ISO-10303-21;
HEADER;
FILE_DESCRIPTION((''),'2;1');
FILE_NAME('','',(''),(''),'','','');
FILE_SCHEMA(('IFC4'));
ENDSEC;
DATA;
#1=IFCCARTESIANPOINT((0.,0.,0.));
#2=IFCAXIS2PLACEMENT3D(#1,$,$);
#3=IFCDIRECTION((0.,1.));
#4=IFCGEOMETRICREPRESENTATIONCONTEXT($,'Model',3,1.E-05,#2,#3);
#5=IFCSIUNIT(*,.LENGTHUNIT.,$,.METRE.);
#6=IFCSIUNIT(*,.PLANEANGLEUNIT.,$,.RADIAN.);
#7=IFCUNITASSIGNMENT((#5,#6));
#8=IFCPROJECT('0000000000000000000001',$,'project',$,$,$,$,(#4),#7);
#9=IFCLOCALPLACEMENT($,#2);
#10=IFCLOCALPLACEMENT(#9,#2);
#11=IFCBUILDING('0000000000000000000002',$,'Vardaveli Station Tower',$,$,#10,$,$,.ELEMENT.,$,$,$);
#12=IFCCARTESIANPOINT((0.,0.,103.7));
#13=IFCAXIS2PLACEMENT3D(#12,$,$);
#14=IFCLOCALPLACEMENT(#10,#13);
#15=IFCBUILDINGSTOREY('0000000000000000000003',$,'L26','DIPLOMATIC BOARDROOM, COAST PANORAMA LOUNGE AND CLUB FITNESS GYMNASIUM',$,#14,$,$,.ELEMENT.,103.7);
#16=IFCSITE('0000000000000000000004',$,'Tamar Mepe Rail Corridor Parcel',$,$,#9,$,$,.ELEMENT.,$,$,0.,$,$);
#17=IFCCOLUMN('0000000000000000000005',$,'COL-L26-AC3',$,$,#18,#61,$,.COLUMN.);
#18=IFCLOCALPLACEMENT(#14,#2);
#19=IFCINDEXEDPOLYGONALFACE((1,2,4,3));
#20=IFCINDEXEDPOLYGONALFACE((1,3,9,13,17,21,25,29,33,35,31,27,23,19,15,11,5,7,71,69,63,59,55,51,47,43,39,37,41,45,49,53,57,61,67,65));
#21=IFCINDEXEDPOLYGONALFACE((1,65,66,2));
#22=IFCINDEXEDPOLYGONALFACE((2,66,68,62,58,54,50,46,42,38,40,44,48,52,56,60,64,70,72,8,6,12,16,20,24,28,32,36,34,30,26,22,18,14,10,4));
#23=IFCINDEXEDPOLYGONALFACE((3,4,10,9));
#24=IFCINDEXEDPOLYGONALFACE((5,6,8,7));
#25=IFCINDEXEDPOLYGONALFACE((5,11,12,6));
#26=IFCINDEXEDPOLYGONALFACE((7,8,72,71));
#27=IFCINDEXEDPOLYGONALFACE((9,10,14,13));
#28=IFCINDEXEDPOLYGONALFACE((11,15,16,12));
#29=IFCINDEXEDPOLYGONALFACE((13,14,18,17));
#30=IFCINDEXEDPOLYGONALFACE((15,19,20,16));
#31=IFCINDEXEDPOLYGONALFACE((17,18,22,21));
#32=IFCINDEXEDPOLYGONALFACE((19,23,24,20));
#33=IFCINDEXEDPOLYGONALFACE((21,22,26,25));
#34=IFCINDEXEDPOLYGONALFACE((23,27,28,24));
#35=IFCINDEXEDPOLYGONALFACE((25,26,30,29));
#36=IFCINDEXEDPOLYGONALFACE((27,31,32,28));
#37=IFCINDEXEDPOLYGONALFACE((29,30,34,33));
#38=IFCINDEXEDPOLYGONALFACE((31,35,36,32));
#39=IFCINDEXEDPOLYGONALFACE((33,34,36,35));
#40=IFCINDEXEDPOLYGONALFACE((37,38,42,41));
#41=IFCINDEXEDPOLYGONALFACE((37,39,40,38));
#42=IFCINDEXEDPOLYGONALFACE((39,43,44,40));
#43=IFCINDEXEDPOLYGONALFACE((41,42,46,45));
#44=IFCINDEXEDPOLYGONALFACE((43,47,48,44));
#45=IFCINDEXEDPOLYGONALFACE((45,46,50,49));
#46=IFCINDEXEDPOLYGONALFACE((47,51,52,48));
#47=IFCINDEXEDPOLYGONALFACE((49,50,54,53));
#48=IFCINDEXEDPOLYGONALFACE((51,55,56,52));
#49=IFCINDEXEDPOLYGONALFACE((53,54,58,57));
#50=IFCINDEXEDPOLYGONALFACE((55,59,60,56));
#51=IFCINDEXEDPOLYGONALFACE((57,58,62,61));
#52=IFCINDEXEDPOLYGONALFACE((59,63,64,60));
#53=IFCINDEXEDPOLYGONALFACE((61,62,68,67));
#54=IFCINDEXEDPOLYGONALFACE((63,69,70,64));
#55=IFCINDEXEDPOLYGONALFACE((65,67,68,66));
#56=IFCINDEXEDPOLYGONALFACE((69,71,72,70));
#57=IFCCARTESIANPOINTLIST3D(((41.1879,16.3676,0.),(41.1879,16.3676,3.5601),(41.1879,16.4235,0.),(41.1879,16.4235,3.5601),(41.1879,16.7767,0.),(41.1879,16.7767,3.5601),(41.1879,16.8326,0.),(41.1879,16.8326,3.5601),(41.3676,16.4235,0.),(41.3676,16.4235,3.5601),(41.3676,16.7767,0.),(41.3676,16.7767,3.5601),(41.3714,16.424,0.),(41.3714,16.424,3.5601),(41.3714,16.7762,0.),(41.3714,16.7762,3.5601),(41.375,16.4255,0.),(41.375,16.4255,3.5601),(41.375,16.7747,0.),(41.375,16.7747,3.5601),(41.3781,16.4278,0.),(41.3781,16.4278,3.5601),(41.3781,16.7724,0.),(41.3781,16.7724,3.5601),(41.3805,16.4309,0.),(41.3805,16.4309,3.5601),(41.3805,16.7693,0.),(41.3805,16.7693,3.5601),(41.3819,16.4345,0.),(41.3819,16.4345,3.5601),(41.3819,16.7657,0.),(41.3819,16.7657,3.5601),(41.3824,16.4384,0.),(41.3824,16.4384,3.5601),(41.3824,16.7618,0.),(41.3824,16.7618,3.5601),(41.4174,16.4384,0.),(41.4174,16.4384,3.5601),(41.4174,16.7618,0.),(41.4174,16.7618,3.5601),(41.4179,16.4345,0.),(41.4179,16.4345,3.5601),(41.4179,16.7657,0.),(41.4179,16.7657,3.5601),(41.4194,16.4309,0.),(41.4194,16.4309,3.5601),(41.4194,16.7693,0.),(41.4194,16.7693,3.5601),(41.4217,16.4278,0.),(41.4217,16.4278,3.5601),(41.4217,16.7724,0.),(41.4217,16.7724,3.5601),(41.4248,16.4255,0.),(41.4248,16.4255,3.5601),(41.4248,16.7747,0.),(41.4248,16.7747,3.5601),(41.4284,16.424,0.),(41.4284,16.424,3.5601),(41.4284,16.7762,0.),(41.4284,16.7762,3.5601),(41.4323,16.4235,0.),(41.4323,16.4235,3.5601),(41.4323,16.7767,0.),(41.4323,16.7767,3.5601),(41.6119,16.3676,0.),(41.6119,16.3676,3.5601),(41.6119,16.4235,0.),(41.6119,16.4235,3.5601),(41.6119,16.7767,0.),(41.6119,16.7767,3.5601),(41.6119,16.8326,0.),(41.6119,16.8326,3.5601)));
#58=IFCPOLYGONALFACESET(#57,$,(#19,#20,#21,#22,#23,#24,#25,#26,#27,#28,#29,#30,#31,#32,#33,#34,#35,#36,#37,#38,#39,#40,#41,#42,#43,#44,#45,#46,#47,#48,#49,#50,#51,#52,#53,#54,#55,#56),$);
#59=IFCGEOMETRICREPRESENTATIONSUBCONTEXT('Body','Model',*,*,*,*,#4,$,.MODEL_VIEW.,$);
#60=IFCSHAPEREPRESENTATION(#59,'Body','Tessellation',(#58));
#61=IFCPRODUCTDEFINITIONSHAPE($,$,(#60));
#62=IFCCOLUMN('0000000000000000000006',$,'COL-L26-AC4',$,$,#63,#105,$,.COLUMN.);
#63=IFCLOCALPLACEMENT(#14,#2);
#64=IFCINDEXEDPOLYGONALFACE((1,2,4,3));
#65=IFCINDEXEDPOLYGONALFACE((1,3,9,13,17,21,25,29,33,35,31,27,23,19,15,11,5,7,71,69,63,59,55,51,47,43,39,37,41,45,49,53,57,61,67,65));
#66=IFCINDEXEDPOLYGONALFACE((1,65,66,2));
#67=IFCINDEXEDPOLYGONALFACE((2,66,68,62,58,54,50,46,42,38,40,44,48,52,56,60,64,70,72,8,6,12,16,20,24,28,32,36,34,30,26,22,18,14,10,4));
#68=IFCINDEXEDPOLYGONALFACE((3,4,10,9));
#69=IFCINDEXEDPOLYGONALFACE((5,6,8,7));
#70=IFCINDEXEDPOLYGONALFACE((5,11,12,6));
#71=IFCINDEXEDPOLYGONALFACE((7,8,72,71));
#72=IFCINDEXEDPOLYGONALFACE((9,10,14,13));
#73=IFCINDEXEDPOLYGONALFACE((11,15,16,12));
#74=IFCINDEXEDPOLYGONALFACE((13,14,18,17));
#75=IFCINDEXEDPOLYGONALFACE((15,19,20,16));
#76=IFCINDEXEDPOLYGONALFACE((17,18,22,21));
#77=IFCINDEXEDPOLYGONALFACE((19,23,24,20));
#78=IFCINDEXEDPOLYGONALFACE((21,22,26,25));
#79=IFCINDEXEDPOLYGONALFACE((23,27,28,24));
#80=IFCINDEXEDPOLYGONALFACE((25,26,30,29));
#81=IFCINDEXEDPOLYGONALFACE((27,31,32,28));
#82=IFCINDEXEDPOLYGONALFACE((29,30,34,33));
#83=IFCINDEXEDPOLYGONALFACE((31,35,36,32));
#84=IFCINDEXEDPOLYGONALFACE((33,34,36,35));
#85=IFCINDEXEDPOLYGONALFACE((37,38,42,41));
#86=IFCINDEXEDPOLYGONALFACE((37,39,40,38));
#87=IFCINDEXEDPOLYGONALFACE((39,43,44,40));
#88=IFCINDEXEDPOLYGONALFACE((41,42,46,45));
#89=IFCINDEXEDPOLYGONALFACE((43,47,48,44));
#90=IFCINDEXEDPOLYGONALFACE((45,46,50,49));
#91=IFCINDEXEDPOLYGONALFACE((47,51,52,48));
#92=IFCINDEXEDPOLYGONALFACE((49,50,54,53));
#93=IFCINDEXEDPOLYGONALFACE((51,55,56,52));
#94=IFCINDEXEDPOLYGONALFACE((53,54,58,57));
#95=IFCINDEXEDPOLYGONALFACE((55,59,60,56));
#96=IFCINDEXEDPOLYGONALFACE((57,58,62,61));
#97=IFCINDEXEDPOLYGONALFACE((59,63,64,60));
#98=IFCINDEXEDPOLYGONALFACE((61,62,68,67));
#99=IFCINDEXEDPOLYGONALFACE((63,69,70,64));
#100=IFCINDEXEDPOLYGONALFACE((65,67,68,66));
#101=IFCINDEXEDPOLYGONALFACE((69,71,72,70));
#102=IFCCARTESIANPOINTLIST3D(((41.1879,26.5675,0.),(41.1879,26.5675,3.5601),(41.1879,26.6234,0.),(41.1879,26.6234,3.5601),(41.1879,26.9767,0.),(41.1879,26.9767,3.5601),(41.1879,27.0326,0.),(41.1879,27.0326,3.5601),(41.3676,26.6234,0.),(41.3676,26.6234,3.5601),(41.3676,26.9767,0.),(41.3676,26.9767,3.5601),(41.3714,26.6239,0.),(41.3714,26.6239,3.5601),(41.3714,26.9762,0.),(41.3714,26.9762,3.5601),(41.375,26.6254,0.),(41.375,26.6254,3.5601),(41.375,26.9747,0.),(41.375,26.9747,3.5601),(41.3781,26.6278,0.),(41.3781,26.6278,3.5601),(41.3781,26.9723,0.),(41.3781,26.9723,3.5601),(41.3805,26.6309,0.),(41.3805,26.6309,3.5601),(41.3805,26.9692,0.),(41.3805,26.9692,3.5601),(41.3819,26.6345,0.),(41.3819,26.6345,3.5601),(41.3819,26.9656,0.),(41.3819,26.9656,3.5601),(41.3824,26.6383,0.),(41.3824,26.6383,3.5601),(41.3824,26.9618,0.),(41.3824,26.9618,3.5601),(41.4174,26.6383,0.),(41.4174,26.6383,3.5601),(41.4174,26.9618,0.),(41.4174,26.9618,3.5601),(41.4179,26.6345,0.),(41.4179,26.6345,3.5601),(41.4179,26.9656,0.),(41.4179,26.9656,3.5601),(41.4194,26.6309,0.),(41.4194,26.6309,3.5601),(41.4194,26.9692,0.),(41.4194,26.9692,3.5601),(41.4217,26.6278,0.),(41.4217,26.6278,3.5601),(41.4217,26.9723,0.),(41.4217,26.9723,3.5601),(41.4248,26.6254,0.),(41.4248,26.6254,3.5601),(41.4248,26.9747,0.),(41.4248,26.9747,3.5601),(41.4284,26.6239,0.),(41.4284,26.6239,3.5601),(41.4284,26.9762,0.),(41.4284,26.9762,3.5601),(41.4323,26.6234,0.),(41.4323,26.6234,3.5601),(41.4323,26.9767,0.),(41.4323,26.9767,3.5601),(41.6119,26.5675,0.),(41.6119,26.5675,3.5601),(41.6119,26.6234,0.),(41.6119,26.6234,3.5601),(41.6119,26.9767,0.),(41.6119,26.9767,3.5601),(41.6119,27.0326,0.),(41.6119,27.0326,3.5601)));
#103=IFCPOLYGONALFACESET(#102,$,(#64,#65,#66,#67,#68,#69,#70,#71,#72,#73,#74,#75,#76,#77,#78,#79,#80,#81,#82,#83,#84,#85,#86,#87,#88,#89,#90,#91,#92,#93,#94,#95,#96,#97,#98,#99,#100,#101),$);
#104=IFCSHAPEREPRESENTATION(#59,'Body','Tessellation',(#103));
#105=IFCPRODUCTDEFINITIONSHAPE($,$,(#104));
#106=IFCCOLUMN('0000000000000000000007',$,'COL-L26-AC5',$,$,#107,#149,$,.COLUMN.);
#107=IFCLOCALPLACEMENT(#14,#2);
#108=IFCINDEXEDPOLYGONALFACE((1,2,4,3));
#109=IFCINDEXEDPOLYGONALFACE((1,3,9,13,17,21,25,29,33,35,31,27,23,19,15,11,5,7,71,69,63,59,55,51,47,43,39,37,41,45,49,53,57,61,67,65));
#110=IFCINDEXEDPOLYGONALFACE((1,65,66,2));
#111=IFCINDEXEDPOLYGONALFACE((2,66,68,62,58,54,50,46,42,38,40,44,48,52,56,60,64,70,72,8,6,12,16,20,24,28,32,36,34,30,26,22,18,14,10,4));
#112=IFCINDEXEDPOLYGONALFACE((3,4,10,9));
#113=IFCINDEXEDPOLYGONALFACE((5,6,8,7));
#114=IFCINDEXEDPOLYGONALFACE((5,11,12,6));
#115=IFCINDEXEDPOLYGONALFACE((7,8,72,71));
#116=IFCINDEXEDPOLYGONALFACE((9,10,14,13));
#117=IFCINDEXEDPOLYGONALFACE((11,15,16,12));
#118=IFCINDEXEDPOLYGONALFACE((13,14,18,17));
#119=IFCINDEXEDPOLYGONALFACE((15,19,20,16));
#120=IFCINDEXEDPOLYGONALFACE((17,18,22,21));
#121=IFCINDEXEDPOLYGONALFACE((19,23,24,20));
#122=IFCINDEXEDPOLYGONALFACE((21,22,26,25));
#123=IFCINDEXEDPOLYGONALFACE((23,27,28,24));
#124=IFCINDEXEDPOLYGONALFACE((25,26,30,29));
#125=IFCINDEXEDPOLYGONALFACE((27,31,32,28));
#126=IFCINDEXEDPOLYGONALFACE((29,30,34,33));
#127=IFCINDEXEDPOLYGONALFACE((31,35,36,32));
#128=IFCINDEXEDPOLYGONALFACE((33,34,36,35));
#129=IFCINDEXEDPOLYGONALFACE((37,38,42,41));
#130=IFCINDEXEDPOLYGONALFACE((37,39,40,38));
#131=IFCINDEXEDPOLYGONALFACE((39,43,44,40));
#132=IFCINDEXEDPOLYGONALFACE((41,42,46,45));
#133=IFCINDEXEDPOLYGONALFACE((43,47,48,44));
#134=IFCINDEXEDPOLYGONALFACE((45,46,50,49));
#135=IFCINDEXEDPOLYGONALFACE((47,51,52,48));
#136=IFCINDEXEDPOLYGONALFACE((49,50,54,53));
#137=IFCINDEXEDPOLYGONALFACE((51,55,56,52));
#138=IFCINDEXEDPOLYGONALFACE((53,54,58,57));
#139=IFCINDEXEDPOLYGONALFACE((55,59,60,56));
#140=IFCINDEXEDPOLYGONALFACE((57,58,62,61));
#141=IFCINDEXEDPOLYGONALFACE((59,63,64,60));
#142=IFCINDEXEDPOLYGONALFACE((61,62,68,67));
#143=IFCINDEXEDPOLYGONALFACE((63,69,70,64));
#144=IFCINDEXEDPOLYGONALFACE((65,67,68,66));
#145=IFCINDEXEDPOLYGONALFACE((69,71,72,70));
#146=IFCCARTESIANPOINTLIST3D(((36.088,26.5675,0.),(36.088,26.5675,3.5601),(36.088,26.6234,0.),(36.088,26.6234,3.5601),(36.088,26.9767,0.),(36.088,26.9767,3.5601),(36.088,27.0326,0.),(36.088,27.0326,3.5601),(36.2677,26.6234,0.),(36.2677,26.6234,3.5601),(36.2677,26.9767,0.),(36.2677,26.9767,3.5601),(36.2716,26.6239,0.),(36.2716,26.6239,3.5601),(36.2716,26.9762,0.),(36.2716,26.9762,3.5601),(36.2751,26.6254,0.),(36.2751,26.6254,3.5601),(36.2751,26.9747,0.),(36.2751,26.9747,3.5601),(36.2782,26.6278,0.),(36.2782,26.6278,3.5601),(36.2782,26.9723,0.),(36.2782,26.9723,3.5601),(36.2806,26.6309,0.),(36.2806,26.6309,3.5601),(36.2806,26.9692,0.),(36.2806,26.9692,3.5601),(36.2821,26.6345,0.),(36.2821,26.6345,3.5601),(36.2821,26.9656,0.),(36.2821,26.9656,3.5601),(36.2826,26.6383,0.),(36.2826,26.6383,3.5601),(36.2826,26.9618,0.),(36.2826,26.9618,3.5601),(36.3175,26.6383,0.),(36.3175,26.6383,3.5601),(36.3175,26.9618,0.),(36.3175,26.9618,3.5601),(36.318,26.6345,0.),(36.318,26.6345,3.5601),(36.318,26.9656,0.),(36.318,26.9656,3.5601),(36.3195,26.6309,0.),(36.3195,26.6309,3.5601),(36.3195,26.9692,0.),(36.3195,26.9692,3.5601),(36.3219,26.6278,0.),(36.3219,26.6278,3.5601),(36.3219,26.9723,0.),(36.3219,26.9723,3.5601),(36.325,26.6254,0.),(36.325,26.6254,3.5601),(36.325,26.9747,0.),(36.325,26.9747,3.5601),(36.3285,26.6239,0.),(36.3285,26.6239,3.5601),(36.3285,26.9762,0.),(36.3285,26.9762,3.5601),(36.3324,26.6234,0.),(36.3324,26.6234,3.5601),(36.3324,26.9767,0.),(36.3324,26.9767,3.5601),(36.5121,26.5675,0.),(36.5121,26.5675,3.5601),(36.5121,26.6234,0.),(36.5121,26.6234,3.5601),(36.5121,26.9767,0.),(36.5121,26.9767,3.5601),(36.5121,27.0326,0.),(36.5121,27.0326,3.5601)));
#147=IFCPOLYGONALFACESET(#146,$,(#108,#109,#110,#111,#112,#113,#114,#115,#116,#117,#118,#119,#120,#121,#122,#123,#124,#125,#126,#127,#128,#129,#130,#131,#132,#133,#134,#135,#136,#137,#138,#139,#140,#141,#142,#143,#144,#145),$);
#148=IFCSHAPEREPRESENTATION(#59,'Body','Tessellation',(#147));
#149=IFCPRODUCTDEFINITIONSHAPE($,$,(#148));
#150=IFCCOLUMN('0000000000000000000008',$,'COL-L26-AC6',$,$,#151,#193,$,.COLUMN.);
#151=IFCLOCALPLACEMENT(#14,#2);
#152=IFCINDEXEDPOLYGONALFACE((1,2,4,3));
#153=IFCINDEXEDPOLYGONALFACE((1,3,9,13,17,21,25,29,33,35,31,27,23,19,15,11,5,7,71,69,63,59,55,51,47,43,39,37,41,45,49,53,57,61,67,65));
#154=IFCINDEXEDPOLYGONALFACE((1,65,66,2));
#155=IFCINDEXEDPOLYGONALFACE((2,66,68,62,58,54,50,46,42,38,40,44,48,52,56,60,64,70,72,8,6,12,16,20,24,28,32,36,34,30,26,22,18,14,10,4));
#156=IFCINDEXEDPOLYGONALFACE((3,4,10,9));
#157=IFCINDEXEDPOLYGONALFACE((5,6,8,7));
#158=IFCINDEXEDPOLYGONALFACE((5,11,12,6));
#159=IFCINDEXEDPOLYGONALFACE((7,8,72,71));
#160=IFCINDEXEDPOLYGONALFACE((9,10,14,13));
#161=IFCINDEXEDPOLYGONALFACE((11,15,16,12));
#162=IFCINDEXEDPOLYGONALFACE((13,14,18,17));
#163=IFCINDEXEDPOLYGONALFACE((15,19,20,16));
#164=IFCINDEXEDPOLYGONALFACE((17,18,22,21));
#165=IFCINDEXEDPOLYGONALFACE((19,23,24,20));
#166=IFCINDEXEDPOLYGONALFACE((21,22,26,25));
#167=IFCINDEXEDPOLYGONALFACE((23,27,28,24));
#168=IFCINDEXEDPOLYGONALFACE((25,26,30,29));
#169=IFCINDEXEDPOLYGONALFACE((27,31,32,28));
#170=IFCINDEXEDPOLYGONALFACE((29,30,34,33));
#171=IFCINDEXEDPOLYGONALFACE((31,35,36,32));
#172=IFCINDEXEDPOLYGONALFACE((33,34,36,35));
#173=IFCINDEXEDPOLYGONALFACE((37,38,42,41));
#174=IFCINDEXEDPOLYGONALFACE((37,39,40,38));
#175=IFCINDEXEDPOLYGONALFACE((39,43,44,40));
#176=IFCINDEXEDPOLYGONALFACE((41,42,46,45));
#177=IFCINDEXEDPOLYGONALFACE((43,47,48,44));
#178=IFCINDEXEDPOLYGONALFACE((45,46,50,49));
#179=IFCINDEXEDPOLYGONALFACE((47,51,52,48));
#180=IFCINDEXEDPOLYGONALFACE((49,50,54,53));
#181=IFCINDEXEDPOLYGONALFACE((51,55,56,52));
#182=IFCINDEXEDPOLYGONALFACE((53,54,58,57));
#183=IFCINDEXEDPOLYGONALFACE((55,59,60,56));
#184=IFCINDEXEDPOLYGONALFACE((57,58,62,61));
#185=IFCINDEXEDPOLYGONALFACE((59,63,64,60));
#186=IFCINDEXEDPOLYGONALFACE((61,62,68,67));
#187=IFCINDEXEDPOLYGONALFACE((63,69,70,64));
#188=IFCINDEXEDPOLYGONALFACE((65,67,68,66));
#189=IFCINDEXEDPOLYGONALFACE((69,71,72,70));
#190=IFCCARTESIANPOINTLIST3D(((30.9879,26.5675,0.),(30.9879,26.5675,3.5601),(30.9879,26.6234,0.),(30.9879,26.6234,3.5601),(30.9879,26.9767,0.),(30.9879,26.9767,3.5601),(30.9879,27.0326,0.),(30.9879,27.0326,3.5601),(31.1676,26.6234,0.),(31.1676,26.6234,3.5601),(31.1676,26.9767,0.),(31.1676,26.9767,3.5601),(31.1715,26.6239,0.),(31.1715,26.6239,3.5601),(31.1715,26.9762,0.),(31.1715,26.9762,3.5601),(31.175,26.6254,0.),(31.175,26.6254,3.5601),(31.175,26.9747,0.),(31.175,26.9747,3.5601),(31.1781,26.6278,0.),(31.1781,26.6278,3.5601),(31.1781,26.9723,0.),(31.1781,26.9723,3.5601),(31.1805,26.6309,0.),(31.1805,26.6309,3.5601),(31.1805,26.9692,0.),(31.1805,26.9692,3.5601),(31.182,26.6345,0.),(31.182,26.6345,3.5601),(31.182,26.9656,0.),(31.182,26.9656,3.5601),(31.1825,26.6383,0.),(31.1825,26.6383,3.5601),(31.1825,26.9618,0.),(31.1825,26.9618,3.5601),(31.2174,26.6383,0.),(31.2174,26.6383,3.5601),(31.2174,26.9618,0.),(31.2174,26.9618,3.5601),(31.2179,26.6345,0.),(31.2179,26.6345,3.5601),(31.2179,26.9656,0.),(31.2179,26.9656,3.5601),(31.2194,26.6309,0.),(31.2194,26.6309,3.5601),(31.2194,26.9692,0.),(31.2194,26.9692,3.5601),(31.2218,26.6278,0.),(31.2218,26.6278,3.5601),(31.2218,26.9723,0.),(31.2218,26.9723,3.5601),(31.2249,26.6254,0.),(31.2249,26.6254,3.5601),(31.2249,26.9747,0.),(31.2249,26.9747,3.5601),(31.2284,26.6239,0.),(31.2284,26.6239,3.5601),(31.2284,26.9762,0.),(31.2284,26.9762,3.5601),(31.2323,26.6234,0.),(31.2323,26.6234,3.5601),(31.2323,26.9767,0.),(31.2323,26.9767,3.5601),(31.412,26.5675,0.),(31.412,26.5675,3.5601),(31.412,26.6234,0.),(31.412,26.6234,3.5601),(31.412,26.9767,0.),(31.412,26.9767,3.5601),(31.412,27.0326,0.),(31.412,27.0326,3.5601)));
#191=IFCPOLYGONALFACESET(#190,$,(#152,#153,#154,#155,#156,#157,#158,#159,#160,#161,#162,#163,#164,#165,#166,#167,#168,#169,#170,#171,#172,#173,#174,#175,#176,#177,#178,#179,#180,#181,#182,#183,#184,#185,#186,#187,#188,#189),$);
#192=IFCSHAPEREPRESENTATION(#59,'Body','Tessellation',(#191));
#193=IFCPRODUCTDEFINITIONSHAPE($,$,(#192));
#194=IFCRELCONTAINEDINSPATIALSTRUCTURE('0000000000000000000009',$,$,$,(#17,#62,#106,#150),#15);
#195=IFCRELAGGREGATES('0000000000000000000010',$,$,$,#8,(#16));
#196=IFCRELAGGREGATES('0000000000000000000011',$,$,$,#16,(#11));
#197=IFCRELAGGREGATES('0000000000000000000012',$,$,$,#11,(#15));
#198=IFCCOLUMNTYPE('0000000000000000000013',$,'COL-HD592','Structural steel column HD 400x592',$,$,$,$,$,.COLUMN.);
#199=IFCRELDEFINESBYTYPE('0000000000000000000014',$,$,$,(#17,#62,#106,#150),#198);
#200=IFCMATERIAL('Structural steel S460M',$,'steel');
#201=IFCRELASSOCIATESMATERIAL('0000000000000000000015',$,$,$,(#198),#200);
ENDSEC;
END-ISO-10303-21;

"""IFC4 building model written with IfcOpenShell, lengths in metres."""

from ifc_helpers import new_model, si_unit, direction, frame, origin, origin_2d, place, context, subcontext, project, spatial, i_section, extrude, source, transform, mapped, material, material_profile, profile_set, type_object, element, save


model = new_model("IFC4")

# Units and contexts
model_context = context("Model", 3, precision=1e-05, world=origin(), true_north=direction((0.0, 1.0)))
body_context = subcontext(model_context, "Body", "Model", "MODEL_VIEW")
ifc_project = project(units=[si_unit("LENGTHUNIT", "METRE"), si_unit("PLANEANGLEUNIT", "RADIAN")], contexts=[model_context])

# Site, building, storey
site_placement = place(None, origin())
site = spatial("IfcSite", under=ifc_project, at=site_placement, Name="Tamar Mepe Rail Corridor Parcel", CompositionType="ELEMENT", RefElevation=0.0)
building_placement = place(site_placement, origin())
building = spatial("IfcBuilding", under=site, at=building_placement, Name="Vardaveli Station Tower", CompositionType="ELEMENT")
storey_placement = place(building_placement, frame((0.0, 0.0, 103.7)))
storey = spatial("IfcBuildingStorey", under=building, at=storey_placement, Name="L26", Description="DIPLOMATIC BOARDROOM, COAST PANORAMA LOUNGE AND CLUB FITNESS GYMNASIUM", CompositionType="ELEMENT", Elevation=103.7)

# Columns
ifc_material_1 = material(Name="Structural steel S460M", Category="steel")
ifc_material_profile_1 = material_profile(ifc_material_1, i_section(OverallWidth=0.4241, OverallDepth=0.4651, WebThickness=0.0349, FlangeThickness=0.0559, FilletRadius=0.0149, at=origin_2d()), Name="HD 400x592")
ifc_profile_set_1 = profile_set([ifc_material_profile_1], Name="Structural steel S460M")
column_type = type_object("IfcColumnType", Name="COL-HD592", Description="Structural steel column HD 400x592", PredefinedType="COLUMN", material=ifc_profile_set_1)
shared_shape_1 = source(origin(), body_context, "Body", "SweptSolid", [
    extrude(i_section(OverallWidth=0.4241, OverallDepth=0.4651, WebThickness=0.0349, FlangeThickness=0.0559, FilletRadius=0.0149, at=origin_2d()), origin(), (0.0, 0.0, 1.0), 3.5601),
])
for number, where, z_axis, x_axis, name in (
    (1, (41.3999, 16.6001, 0.0), (0.0, 0.0, 1.0), (1.0, 0.0, 0.0), "COL-L26-AC3"),
    (2, (41.3999, 26.8, 0.0), (0.0, 0.0, 1.0), (1.0, 0.0, 0.0), "COL-L26-AC4"),
    (3, (36.3, 26.8, 0.0), (0.0, 0.0, 1.0), (1.0, 0.0, 0.0), "COL-L26-AC5"),
    (4, (31.2, 26.8, 0.0), (0.0, 0.0, 1.0), (1.0, 0.0, 0.0), "COL-L26-AC6"),
):
    element("IfcColumn", number, at=place(storey_placement, frame(where, z_axis=z_axis, x_axis=x_axis)), inside=storey, type_object=column_type, Name=name, PredefinedType="COLUMN", context=body_context, shape_type="MappedRepresentation", body=[
        mapped(shared_shape_1, transform((0.0, 0.0, 0.0), scale=1.0)),
    ])

save(model, "model.ifc")
